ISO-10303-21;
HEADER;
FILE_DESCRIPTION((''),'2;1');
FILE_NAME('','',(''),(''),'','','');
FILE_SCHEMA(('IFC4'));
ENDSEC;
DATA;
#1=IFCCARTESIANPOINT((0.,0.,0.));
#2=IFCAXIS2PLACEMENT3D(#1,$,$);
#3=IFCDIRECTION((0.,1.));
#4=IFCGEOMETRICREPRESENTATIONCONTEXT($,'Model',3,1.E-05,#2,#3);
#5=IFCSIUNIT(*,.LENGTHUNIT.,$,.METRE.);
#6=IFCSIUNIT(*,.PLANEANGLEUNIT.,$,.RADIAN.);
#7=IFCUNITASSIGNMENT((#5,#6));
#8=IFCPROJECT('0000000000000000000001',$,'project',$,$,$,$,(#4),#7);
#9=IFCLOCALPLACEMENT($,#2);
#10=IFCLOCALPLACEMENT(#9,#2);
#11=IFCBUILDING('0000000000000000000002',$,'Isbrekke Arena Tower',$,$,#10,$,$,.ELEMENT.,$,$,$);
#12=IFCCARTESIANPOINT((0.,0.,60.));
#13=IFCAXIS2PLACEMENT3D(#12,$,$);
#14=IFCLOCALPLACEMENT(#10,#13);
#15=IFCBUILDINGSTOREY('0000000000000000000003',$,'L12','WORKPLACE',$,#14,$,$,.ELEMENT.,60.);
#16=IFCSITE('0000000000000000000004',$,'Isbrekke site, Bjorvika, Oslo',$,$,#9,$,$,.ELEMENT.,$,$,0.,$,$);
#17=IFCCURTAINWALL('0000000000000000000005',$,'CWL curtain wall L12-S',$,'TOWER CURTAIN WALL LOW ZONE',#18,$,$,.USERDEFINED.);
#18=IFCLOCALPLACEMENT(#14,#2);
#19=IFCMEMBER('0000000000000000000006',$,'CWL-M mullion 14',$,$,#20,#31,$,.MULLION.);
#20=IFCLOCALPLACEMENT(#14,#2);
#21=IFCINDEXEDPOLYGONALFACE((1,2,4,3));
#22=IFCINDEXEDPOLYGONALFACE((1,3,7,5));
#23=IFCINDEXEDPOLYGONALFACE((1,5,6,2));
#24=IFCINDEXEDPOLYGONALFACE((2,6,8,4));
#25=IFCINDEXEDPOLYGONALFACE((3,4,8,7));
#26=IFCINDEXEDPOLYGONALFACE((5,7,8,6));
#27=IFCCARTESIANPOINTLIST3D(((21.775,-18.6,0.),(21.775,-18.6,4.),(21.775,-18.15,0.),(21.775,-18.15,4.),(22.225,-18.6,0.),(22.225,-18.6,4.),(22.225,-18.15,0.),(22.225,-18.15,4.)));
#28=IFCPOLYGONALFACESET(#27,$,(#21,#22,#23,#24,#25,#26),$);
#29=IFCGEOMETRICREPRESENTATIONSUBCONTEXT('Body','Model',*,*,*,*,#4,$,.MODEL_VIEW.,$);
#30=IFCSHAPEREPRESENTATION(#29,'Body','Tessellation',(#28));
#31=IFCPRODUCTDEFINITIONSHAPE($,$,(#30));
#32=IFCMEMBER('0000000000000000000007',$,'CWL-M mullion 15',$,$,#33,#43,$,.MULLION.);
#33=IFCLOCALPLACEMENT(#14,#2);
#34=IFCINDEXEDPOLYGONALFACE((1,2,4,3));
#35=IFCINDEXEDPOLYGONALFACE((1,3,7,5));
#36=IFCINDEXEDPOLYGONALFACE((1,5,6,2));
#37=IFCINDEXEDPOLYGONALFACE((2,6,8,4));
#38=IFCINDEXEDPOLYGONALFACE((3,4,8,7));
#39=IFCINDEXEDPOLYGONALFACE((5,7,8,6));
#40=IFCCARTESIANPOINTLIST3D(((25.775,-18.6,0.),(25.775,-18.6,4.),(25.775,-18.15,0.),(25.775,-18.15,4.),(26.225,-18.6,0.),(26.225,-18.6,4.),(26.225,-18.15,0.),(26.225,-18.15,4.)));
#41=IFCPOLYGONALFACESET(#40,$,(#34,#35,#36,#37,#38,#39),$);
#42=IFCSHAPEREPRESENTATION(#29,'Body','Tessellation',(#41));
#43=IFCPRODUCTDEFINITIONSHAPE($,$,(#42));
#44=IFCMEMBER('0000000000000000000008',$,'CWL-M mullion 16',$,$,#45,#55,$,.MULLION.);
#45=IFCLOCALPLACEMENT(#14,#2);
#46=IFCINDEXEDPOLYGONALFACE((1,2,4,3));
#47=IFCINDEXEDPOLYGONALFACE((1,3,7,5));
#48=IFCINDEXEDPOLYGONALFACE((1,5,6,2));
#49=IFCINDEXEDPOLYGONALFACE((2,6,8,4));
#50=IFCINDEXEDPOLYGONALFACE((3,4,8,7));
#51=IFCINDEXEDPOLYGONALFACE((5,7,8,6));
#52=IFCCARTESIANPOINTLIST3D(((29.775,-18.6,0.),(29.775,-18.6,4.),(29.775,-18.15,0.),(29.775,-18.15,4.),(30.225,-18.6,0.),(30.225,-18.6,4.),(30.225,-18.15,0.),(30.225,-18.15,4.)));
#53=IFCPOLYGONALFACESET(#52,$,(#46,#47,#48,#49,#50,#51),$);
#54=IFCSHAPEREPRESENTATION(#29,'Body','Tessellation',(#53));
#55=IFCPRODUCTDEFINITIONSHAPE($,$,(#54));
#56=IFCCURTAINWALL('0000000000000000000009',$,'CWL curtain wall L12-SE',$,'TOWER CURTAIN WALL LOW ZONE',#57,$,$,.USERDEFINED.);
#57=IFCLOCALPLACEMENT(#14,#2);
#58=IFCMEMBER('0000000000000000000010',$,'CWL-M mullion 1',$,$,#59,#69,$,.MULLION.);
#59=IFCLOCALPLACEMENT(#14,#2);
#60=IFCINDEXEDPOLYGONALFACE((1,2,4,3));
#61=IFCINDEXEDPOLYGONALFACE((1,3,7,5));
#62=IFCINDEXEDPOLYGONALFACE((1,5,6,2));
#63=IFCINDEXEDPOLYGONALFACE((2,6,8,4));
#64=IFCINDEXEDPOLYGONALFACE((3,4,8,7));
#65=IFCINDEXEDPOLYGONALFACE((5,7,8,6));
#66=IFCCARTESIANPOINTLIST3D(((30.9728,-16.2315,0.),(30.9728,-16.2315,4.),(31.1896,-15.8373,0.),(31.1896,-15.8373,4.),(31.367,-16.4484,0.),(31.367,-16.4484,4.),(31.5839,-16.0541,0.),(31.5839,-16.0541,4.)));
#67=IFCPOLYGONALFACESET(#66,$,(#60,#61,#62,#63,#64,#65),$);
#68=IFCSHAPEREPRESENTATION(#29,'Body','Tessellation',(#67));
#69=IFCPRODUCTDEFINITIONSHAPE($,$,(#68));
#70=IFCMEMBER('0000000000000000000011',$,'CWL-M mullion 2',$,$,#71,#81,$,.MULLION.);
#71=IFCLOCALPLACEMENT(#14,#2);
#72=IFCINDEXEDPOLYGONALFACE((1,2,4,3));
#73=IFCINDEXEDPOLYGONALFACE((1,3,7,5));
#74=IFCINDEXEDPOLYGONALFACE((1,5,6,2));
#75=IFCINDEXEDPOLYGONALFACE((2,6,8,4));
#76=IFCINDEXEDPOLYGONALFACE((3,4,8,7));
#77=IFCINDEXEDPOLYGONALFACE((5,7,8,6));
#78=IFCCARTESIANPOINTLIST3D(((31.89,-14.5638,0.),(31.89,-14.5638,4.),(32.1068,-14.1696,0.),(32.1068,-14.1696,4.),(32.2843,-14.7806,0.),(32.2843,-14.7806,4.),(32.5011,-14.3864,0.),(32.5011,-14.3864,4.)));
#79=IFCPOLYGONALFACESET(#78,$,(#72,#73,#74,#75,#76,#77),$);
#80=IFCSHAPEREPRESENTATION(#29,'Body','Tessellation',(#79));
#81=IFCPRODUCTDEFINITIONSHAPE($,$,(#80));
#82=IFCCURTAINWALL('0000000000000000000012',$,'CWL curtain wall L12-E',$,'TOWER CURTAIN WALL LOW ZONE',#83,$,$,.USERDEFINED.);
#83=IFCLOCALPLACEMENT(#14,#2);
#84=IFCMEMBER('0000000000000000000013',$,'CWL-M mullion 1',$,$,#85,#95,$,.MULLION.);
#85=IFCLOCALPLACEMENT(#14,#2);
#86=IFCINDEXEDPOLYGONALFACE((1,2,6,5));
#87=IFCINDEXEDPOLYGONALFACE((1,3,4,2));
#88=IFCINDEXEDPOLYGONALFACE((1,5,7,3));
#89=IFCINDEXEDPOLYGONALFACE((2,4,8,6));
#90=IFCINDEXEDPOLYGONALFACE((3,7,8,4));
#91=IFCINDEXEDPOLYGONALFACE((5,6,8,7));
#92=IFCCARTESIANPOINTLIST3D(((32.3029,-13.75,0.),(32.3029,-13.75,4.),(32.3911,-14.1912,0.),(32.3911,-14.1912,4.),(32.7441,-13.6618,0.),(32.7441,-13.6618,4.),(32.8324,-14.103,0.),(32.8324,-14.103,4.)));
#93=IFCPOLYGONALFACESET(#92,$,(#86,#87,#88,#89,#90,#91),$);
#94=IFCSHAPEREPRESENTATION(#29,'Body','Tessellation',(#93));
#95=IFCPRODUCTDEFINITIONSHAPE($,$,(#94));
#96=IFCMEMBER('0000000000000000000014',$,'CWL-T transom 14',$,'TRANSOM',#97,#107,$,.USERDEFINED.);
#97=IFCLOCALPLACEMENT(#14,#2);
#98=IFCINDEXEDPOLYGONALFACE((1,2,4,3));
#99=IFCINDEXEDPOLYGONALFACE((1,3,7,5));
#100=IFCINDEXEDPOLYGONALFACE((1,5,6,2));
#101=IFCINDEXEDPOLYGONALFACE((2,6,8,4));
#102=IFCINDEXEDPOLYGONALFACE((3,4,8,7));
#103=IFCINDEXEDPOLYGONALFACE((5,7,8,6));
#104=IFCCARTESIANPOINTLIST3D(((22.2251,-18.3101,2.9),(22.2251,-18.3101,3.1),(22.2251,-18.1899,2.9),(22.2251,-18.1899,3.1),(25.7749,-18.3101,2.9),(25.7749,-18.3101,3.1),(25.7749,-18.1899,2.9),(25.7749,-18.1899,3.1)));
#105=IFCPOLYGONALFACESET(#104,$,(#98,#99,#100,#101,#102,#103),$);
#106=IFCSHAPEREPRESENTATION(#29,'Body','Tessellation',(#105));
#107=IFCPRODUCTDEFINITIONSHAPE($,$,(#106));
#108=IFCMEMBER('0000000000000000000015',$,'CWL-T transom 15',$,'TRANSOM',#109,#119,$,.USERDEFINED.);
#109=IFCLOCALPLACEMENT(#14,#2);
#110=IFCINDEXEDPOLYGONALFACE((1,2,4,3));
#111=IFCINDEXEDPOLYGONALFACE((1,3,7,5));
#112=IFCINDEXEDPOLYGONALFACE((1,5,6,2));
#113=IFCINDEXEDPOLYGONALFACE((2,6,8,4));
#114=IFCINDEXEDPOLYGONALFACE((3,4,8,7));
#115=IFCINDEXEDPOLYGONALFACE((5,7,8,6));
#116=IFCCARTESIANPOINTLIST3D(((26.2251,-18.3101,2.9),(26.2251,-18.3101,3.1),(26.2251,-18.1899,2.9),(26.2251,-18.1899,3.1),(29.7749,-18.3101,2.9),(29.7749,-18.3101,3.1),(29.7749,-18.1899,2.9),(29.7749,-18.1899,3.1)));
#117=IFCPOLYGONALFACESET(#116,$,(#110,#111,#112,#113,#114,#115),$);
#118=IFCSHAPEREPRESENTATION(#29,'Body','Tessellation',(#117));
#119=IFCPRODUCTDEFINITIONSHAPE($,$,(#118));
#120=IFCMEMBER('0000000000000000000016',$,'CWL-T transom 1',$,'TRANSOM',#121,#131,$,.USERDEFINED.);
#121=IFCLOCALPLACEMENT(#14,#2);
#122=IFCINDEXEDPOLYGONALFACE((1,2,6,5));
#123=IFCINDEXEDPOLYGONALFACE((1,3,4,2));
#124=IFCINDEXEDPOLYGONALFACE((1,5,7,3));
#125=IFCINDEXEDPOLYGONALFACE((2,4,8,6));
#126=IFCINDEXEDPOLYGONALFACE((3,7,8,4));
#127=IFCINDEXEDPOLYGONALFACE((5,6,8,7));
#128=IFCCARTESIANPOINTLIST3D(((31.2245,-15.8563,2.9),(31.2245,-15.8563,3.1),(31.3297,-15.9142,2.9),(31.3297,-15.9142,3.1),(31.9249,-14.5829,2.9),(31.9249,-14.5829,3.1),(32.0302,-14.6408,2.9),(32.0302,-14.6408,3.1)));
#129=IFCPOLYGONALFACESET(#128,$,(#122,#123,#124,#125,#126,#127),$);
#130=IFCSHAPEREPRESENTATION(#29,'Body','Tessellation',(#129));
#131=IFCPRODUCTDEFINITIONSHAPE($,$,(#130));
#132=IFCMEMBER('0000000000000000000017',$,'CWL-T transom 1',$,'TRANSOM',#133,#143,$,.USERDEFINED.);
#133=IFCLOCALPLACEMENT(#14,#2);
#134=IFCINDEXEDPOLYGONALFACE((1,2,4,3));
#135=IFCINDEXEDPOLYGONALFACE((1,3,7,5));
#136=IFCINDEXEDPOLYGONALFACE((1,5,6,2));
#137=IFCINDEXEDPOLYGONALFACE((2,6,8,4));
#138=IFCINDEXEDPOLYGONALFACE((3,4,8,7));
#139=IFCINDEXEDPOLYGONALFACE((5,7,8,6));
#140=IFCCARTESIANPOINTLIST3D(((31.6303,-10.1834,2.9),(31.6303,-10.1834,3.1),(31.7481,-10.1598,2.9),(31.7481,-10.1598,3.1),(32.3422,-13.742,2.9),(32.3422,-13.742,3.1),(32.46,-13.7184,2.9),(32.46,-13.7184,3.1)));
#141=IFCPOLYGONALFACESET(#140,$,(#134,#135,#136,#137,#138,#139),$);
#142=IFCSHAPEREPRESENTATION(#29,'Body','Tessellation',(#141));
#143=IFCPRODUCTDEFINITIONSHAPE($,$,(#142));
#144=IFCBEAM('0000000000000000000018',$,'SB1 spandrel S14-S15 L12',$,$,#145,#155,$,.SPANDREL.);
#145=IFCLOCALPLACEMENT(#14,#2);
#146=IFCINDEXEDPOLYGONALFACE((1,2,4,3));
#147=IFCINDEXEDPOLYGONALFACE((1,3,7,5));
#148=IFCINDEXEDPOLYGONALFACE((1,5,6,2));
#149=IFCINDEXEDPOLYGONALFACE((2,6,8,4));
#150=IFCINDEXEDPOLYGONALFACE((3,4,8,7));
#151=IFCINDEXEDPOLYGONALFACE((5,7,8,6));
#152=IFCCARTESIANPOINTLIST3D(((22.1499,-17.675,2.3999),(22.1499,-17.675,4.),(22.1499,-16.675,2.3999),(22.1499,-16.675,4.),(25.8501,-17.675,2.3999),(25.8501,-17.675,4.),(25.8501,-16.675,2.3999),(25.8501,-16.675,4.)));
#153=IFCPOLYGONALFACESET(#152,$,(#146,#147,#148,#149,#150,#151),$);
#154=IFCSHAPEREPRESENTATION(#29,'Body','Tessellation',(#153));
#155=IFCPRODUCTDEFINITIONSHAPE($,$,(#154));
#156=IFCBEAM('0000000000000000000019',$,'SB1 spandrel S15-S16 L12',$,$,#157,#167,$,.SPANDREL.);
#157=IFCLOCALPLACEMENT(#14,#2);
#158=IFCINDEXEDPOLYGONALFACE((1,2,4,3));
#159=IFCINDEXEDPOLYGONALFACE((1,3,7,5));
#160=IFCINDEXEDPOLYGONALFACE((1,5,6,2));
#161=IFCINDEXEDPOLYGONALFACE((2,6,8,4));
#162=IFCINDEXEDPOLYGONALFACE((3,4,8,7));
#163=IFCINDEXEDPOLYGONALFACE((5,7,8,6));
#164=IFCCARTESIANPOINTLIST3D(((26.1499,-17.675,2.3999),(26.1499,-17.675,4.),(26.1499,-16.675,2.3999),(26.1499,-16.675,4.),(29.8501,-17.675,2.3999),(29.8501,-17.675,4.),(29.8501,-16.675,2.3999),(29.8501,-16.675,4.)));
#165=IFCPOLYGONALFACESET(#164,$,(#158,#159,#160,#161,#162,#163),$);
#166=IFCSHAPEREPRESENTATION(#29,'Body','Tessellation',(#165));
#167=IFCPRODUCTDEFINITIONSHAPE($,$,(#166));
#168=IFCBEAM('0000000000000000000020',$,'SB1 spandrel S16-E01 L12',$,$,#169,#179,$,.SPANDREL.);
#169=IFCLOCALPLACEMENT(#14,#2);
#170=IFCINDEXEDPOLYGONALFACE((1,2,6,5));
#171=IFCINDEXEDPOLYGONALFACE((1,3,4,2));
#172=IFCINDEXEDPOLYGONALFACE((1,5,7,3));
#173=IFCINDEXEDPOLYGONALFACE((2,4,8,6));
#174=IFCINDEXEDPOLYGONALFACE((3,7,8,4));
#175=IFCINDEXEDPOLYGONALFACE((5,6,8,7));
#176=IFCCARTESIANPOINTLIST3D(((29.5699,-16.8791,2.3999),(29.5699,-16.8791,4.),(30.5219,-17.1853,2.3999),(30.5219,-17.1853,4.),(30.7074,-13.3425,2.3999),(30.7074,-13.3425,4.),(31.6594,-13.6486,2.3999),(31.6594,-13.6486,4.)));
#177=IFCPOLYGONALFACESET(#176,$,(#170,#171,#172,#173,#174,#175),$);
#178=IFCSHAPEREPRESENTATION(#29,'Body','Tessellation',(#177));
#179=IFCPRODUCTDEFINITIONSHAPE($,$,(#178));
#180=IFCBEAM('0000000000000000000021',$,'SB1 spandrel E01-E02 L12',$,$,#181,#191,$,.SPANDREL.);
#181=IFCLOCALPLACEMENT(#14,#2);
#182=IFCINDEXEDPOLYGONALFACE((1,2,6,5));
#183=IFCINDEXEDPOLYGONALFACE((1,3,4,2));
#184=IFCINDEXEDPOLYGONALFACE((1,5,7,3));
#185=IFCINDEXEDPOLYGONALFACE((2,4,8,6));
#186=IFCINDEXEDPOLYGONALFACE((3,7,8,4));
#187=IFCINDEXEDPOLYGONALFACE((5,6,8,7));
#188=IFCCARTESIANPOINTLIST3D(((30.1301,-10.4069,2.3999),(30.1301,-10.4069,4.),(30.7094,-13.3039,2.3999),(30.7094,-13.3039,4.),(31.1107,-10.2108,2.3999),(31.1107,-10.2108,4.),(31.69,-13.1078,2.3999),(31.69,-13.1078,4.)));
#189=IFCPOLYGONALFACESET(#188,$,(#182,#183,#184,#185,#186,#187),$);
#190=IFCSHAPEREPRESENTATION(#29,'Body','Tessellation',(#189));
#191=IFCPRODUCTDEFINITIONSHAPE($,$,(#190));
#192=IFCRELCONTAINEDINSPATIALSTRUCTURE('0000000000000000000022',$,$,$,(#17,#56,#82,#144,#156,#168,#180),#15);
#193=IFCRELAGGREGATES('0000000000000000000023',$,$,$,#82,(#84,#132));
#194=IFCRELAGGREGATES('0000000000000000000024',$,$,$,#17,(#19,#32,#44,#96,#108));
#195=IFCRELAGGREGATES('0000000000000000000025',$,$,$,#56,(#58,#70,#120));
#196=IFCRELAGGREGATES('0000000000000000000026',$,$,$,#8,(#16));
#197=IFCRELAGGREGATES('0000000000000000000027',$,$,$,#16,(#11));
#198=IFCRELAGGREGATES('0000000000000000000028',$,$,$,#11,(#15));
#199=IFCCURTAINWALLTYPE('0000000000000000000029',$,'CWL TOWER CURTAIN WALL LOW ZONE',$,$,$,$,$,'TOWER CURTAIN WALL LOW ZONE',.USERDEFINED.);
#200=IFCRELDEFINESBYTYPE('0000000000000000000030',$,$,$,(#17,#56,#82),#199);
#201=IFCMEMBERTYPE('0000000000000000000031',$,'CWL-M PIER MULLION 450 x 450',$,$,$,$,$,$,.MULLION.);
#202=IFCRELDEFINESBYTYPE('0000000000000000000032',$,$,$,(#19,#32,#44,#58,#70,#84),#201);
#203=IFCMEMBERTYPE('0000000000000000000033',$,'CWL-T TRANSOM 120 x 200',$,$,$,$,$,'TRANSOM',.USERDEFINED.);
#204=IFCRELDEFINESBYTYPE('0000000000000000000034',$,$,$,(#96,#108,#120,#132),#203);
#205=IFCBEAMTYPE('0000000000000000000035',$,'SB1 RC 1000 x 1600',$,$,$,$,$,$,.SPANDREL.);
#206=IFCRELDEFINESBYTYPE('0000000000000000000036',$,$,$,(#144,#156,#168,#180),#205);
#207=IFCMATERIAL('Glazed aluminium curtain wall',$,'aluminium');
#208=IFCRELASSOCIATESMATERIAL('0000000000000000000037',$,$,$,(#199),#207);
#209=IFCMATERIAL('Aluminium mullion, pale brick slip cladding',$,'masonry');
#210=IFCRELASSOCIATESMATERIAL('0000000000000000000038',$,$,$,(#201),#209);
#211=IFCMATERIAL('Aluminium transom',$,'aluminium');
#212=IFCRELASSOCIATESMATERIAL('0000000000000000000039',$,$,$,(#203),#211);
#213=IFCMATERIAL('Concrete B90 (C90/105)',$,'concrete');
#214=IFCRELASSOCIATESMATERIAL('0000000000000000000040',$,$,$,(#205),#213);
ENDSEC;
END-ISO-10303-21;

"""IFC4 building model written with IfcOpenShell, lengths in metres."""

from ifc_helpers import new_model, si_unit, direction, frame, origin, origin_2d, place, context, subcontext, project, spatial, rectangle, extrude, material, material_profile, profile_set, type_object, element, aggregate, save


model = new_model("IFC4")

# Units and contexts
model_context = context("Model", 3, precision=1e-05, world=origin(), true_north=direction((0.0, 1.0)))
body_context = subcontext(model_context, "Body", "Model", "MODEL_VIEW")
ifc_project = project(units=[si_unit("LENGTHUNIT", "METRE"), si_unit("PLANEANGLEUNIT", "RADIAN")], contexts=[model_context])

# Site, building, storey
site_placement = place(None, origin())
site = spatial("IfcSite", under=ifc_project, at=site_placement, Name="Isbrekke site, Bjorvika, Oslo", CompositionType="ELEMENT", RefElevation=0.0)
building_placement = place(site_placement, origin())
building = spatial("IfcBuilding", under=site, at=building_placement, Name="Isbrekke Arena Tower", CompositionType="ELEMENT")
storey_placement = place(building_placement, frame((0.0, 0.0, 60.0)))
storey = spatial("IfcBuildingStorey", under=building, at=storey_placement, Name="L12", Description="WORKPLACE", CompositionType="ELEMENT", Elevation=60.0)

# Curtain walls, members
ifc_material_1 = material(Name="Glazed aluminium curtain wall", Category="aluminium")
curtain_wall_type = type_object("IfcCurtainWallType", Name="CWL TOWER CURTAIN WALL LOW ZONE", ElementType="TOWER CURTAIN WALL LOW ZONE", PredefinedType="USERDEFINED", material=ifc_material_1)
curtain_wall_1_placement = place(storey_placement, origin())
curtain_wall_1 = element("IfcCurtainWall", 1, at=curtain_wall_1_placement, inside=storey, type_object=curtain_wall_type, Name="CWL curtain wall L12-S", ObjectType="TOWER CURTAIN WALL LOW ZONE", PredefinedType="USERDEFINED")
ifc_material_2 = material(Name="Aluminium mullion, pale brick slip cladding", Category="masonry")
ifc_material_profile_1 = material_profile(ifc_material_2, rectangle(XDim=0.45, YDim=0.45, at=origin_2d()), Name="PIER 450X450")
ifc_profile_set_1 = profile_set([ifc_material_profile_1], Name="Aluminium mullion, pale brick slip cladding")
member_type_1 = type_object("IfcMemberType", Name="CWL-M PIER MULLION 450 x 450", PredefinedType="MULLION", material=ifc_profile_set_1)
member_1_placement = place(storey_placement, frame((22.0, -18.375, 0.0), z_axis=(0.0, 0.0, 1.0), x_axis=(1.0, 0.0, 0.0)))
member_1 = element("IfcMember", 2, at=member_1_placement, type_object=member_type_1, Name="CWL-M mullion 14", PredefinedType="MULLION", context=body_context, shape_type="SweptSolid", body=[
    extrude(rectangle(XDim=0.45, YDim=0.45, at=origin_2d()), origin(), (0.0, 0.0, 1.0), 4.0),
])
member_2_placement = place(storey_placement, frame((26.0, -18.375, 0.0), z_axis=(0.0, 0.0, 1.0), x_axis=(1.0, 0.0, 0.0)))
member_2 = element("IfcMember", 3, at=member_2_placement, type_object=member_type_1, Name="CWL-M mullion 15", PredefinedType="MULLION", context=body_context, shape_type="SweptSolid", body=[
    extrude(rectangle(XDim=0.45, YDim=0.45, at=origin_2d()), origin(), (0.0, 0.0, 1.0), 4.0),
])
member_3_placement = place(storey_placement, frame((30.0, -18.375, 0.0), z_axis=(0.0, 0.0, 1.0), x_axis=(1.0, 0.0, 0.0)))
member_3 = element("IfcMember", 4, at=member_3_placement, type_object=member_type_1, Name="CWL-M mullion 16", PredefinedType="MULLION", context=body_context, shape_type="SweptSolid", body=[
    extrude(rectangle(XDim=0.45, YDim=0.45, at=origin_2d()), origin(), (0.0, 0.0, 1.0), 4.0),
])
curtain_wall_2_placement = place(storey_placement, origin())
curtain_wall_2 = element("IfcCurtainWall", 5, at=curtain_wall_2_placement, inside=storey, type_object=curtain_wall_type, Name="CWL curtain wall L12-SE", ObjectType="TOWER CURTAIN WALL LOW ZONE", PredefinedType="USERDEFINED")
member_4_placement = place(storey_placement, frame((31.2783, -16.1428, 0.0), z_axis=(0.0, 0.0, 1.0), x_axis=(0.481919, 0.876216, 0.0)))
member_4 = element("IfcMember", 6, at=member_4_placement, type_object=member_type_1, Name="CWL-M mullion 1", PredefinedType="MULLION", context=body_context, shape_type="SweptSolid", body=[
    extrude(rectangle(XDim=0.45, YDim=0.45, at=origin_2d()), origin(), (0.0, 0.0, 1.0), 4.0),
])
member_5_placement = place(storey_placement, frame((32.1956, -14.4751, 0.0), z_axis=(0.0, 0.0, 1.0), x_axis=(0.481919, 0.876216, 0.0)))
member_5 = element("IfcMember", 7, at=member_5_placement, type_object=member_type_1, Name="CWL-M mullion 2", PredefinedType="MULLION", context=body_context, shape_type="SweptSolid", body=[
    extrude(rectangle(XDim=0.45, YDim=0.45, at=origin_2d()), origin(), (0.0, 0.0, 1.0), 4.0),
])

# Curtain wall, member
curtain_wall_3_placement = place(storey_placement, origin())
curtain_wall_3 = element("IfcCurtainWall", 8, at=curtain_wall_3_placement, inside=storey, type_object=curtain_wall_type, Name="CWL curtain wall L12-E", ObjectType="TOWER CURTAIN WALL LOW ZONE", PredefinedType="USERDEFINED")
member_6_placement = place(storey_placement, frame((32.5676, -13.9265, 0.0), z_axis=(0.0, 0.0, 1.0), x_axis=(-0.196116, 0.980581, 0.0)))
member_6 = element("IfcMember", 9, at=member_6_placement, type_object=member_type_1, Name="CWL-M mullion 1", PredefinedType="MULLION", context=body_context, shape_type="SweptSolid", body=[
    extrude(rectangle(XDim=0.45, YDim=0.45, at=origin_2d()), origin(), (0.0, 0.0, 1.0), 4.0),
])

# Members
ifc_material_3 = material(Name="Aluminium transom", Category="aluminium")
ifc_material_profile_2 = material_profile(ifc_material_3, rectangle(XDim=0.1201, YDim=0.2, at=origin_2d()), Name="TRANSOM 120X200")
ifc_profile_set_2 = profile_set([ifc_material_profile_2], Name="Aluminium transom")
member_type_2 = type_object("IfcMemberType", Name="CWL-T TRANSOM 120 x 200", ElementType="TRANSOM", PredefinedType="USERDEFINED", material=ifc_profile_set_2)
member_7_placement = place(storey_placement, frame((22.2251, -18.25, 3.0), z_axis=(1.0, 0.0, 0.0), x_axis=(0.0, 1.0, 0.0)))
member_7 = element("IfcMember", 10, at=member_7_placement, type_object=member_type_2, Name="CWL-T transom 14", ObjectType="TRANSOM", PredefinedType="USERDEFINED", context=body_context, shape_type="SweptSolid", body=[
    extrude(rectangle(XDim=0.1201, YDim=0.2, at=origin_2d()), origin(), (0.0, 0.0, 1.0), 3.5498),
])
member_8_placement = place(storey_placement, frame((26.2251, -18.25, 3.0), z_axis=(1.0, 0.0, 0.0), x_axis=(0.0, 1.0, 0.0)))
member_8 = element("IfcMember", 11, at=member_8_placement, type_object=member_type_2, Name="CWL-T transom 15", ObjectType="TRANSOM", PredefinedType="USERDEFINED", context=body_context, shape_type="SweptSolid", body=[
    extrude(rectangle(XDim=0.1201, YDim=0.2, at=origin_2d()), origin(), (0.0, 0.0, 1.0), 3.5498),
])
member_9_placement = place(storey_placement, frame((31.2771, -15.8853, 3.0), z_axis=(0.481945, 0.876202, 0.0), x_axis=(-0.876202, 0.481945, 0.0)))
member_9 = element("IfcMember", 12, at=member_9_placement, type_object=member_type_2, Name="CWL-T transom 1", ObjectType="TRANSOM", PredefinedType="USERDEFINED", context=body_context, shape_type="SweptSolid", body=[
    extrude(rectangle(XDim=0.1201, YDim=0.2, at=origin_2d()), origin(), (0.0, 0.0, 1.0), 1.4534),
])
member_10_placement = place(storey_placement, frame((32.4011, -13.7302, 3.0), z_axis=(-0.196168, 0.98057, 0.0), x_axis=(-0.98057, -0.196168, 0.0)))
member_10 = element("IfcMember", 13, at=member_10_placement, type_object=member_type_2, Name="CWL-T transom 1", ObjectType="TRANSOM", PredefinedType="USERDEFINED", context=body_context, shape_type="SweptSolid", body=[
    extrude(rectangle(XDim=0.1201, YDim=0.2, at=origin_2d()), origin(), (0.0, 0.0, 1.0), 3.6292),
])
aggregate(curtain_wall_3, [member_6, member_10])

# Beams
ifc_material_4 = material(Name="Concrete B90 (C90/105)", Category="concrete")
ifc_material_profile_3 = material_profile(ifc_material_4, rectangle(XDim=1.0, YDim=1.6001, at=origin_2d()), Name="RC 1000x1600")
ifc_profile_set_3 = profile_set([ifc_material_profile_3], Name="Concrete B90 (C90/105)")
beam_type_1 = type_object("IfcBeamType", Name="SB1 RC 1000 x 1600", PredefinedType="SPANDREL", material=ifc_profile_set_3)
for number, where, z_axis, x_axis, name in (
    (14, (22.1499, -17.175, 3.2), (1.0, 0.0, 0.0), (0.0, 1.0, 0.0), "SB1 spandrel S14-S15 L12"),
    (15, (26.1499, -17.175, 3.2), (1.0, 0.0, 0.0), (0.0, 1.0, 0.0), "SB1 spandrel S15-S16 L12"),
):
    element("IfcBeam", number, at=place(storey_placement, frame(where, z_axis=z_axis, x_axis=x_axis)), inside=storey, type_object=beam_type_1, Name=name, PredefinedType="SPANDREL", context=body_context, shape_type="SweptSolid", body=[
        extrude(rectangle(XDim=1.0, YDim=1.6001, at=origin_2d()), origin(), (0.0, 0.0, 1.0), 3.7002),
    ])
beam_1_placement = place(storey_placement, frame((30.0459, -17.0322, 3.2), z_axis=(0.306175, 0.951975, 0.0), x_axis=(-0.951975, 0.306175, 0.0)))
element("IfcBeam", 16, at=beam_1_placement, inside=storey, type_object=beam_type_1, Name="SB1 spandrel S16-E01 L12", PredefinedType="SPANDREL", context=body_context, shape_type="SweptSolid", body=[
    extrude(rectangle(XDim=1.0, YDim=1.6001, at=origin_2d()), origin(), (0.0, 0.0, 1.0), 3.7151),
])
beam_2_placement = place(storey_placement, frame((31.1997, -13.2058, 3.2), z_axis=(-0.1961, 0.980584, 0.0), x_axis=(-0.980584, -0.1961, 0.0)))
element("IfcBeam", 17, at=beam_2_placement, inside=storey, type_object=beam_type_1, Name="SB1 spandrel E01-E02 L12", PredefinedType="SPANDREL", context=body_context, shape_type="SweptSolid", body=[
    extrude(rectangle(XDim=1.0, YDim=1.6001, at=origin_2d()), origin(), (0.0, 0.0, 1.0), 2.9543),
])

aggregate(curtain_wall_1, [member_1, member_2, member_3, member_7, member_8])
aggregate(curtain_wall_2, [member_4, member_5, member_9])

save(model, "model.ifc")
